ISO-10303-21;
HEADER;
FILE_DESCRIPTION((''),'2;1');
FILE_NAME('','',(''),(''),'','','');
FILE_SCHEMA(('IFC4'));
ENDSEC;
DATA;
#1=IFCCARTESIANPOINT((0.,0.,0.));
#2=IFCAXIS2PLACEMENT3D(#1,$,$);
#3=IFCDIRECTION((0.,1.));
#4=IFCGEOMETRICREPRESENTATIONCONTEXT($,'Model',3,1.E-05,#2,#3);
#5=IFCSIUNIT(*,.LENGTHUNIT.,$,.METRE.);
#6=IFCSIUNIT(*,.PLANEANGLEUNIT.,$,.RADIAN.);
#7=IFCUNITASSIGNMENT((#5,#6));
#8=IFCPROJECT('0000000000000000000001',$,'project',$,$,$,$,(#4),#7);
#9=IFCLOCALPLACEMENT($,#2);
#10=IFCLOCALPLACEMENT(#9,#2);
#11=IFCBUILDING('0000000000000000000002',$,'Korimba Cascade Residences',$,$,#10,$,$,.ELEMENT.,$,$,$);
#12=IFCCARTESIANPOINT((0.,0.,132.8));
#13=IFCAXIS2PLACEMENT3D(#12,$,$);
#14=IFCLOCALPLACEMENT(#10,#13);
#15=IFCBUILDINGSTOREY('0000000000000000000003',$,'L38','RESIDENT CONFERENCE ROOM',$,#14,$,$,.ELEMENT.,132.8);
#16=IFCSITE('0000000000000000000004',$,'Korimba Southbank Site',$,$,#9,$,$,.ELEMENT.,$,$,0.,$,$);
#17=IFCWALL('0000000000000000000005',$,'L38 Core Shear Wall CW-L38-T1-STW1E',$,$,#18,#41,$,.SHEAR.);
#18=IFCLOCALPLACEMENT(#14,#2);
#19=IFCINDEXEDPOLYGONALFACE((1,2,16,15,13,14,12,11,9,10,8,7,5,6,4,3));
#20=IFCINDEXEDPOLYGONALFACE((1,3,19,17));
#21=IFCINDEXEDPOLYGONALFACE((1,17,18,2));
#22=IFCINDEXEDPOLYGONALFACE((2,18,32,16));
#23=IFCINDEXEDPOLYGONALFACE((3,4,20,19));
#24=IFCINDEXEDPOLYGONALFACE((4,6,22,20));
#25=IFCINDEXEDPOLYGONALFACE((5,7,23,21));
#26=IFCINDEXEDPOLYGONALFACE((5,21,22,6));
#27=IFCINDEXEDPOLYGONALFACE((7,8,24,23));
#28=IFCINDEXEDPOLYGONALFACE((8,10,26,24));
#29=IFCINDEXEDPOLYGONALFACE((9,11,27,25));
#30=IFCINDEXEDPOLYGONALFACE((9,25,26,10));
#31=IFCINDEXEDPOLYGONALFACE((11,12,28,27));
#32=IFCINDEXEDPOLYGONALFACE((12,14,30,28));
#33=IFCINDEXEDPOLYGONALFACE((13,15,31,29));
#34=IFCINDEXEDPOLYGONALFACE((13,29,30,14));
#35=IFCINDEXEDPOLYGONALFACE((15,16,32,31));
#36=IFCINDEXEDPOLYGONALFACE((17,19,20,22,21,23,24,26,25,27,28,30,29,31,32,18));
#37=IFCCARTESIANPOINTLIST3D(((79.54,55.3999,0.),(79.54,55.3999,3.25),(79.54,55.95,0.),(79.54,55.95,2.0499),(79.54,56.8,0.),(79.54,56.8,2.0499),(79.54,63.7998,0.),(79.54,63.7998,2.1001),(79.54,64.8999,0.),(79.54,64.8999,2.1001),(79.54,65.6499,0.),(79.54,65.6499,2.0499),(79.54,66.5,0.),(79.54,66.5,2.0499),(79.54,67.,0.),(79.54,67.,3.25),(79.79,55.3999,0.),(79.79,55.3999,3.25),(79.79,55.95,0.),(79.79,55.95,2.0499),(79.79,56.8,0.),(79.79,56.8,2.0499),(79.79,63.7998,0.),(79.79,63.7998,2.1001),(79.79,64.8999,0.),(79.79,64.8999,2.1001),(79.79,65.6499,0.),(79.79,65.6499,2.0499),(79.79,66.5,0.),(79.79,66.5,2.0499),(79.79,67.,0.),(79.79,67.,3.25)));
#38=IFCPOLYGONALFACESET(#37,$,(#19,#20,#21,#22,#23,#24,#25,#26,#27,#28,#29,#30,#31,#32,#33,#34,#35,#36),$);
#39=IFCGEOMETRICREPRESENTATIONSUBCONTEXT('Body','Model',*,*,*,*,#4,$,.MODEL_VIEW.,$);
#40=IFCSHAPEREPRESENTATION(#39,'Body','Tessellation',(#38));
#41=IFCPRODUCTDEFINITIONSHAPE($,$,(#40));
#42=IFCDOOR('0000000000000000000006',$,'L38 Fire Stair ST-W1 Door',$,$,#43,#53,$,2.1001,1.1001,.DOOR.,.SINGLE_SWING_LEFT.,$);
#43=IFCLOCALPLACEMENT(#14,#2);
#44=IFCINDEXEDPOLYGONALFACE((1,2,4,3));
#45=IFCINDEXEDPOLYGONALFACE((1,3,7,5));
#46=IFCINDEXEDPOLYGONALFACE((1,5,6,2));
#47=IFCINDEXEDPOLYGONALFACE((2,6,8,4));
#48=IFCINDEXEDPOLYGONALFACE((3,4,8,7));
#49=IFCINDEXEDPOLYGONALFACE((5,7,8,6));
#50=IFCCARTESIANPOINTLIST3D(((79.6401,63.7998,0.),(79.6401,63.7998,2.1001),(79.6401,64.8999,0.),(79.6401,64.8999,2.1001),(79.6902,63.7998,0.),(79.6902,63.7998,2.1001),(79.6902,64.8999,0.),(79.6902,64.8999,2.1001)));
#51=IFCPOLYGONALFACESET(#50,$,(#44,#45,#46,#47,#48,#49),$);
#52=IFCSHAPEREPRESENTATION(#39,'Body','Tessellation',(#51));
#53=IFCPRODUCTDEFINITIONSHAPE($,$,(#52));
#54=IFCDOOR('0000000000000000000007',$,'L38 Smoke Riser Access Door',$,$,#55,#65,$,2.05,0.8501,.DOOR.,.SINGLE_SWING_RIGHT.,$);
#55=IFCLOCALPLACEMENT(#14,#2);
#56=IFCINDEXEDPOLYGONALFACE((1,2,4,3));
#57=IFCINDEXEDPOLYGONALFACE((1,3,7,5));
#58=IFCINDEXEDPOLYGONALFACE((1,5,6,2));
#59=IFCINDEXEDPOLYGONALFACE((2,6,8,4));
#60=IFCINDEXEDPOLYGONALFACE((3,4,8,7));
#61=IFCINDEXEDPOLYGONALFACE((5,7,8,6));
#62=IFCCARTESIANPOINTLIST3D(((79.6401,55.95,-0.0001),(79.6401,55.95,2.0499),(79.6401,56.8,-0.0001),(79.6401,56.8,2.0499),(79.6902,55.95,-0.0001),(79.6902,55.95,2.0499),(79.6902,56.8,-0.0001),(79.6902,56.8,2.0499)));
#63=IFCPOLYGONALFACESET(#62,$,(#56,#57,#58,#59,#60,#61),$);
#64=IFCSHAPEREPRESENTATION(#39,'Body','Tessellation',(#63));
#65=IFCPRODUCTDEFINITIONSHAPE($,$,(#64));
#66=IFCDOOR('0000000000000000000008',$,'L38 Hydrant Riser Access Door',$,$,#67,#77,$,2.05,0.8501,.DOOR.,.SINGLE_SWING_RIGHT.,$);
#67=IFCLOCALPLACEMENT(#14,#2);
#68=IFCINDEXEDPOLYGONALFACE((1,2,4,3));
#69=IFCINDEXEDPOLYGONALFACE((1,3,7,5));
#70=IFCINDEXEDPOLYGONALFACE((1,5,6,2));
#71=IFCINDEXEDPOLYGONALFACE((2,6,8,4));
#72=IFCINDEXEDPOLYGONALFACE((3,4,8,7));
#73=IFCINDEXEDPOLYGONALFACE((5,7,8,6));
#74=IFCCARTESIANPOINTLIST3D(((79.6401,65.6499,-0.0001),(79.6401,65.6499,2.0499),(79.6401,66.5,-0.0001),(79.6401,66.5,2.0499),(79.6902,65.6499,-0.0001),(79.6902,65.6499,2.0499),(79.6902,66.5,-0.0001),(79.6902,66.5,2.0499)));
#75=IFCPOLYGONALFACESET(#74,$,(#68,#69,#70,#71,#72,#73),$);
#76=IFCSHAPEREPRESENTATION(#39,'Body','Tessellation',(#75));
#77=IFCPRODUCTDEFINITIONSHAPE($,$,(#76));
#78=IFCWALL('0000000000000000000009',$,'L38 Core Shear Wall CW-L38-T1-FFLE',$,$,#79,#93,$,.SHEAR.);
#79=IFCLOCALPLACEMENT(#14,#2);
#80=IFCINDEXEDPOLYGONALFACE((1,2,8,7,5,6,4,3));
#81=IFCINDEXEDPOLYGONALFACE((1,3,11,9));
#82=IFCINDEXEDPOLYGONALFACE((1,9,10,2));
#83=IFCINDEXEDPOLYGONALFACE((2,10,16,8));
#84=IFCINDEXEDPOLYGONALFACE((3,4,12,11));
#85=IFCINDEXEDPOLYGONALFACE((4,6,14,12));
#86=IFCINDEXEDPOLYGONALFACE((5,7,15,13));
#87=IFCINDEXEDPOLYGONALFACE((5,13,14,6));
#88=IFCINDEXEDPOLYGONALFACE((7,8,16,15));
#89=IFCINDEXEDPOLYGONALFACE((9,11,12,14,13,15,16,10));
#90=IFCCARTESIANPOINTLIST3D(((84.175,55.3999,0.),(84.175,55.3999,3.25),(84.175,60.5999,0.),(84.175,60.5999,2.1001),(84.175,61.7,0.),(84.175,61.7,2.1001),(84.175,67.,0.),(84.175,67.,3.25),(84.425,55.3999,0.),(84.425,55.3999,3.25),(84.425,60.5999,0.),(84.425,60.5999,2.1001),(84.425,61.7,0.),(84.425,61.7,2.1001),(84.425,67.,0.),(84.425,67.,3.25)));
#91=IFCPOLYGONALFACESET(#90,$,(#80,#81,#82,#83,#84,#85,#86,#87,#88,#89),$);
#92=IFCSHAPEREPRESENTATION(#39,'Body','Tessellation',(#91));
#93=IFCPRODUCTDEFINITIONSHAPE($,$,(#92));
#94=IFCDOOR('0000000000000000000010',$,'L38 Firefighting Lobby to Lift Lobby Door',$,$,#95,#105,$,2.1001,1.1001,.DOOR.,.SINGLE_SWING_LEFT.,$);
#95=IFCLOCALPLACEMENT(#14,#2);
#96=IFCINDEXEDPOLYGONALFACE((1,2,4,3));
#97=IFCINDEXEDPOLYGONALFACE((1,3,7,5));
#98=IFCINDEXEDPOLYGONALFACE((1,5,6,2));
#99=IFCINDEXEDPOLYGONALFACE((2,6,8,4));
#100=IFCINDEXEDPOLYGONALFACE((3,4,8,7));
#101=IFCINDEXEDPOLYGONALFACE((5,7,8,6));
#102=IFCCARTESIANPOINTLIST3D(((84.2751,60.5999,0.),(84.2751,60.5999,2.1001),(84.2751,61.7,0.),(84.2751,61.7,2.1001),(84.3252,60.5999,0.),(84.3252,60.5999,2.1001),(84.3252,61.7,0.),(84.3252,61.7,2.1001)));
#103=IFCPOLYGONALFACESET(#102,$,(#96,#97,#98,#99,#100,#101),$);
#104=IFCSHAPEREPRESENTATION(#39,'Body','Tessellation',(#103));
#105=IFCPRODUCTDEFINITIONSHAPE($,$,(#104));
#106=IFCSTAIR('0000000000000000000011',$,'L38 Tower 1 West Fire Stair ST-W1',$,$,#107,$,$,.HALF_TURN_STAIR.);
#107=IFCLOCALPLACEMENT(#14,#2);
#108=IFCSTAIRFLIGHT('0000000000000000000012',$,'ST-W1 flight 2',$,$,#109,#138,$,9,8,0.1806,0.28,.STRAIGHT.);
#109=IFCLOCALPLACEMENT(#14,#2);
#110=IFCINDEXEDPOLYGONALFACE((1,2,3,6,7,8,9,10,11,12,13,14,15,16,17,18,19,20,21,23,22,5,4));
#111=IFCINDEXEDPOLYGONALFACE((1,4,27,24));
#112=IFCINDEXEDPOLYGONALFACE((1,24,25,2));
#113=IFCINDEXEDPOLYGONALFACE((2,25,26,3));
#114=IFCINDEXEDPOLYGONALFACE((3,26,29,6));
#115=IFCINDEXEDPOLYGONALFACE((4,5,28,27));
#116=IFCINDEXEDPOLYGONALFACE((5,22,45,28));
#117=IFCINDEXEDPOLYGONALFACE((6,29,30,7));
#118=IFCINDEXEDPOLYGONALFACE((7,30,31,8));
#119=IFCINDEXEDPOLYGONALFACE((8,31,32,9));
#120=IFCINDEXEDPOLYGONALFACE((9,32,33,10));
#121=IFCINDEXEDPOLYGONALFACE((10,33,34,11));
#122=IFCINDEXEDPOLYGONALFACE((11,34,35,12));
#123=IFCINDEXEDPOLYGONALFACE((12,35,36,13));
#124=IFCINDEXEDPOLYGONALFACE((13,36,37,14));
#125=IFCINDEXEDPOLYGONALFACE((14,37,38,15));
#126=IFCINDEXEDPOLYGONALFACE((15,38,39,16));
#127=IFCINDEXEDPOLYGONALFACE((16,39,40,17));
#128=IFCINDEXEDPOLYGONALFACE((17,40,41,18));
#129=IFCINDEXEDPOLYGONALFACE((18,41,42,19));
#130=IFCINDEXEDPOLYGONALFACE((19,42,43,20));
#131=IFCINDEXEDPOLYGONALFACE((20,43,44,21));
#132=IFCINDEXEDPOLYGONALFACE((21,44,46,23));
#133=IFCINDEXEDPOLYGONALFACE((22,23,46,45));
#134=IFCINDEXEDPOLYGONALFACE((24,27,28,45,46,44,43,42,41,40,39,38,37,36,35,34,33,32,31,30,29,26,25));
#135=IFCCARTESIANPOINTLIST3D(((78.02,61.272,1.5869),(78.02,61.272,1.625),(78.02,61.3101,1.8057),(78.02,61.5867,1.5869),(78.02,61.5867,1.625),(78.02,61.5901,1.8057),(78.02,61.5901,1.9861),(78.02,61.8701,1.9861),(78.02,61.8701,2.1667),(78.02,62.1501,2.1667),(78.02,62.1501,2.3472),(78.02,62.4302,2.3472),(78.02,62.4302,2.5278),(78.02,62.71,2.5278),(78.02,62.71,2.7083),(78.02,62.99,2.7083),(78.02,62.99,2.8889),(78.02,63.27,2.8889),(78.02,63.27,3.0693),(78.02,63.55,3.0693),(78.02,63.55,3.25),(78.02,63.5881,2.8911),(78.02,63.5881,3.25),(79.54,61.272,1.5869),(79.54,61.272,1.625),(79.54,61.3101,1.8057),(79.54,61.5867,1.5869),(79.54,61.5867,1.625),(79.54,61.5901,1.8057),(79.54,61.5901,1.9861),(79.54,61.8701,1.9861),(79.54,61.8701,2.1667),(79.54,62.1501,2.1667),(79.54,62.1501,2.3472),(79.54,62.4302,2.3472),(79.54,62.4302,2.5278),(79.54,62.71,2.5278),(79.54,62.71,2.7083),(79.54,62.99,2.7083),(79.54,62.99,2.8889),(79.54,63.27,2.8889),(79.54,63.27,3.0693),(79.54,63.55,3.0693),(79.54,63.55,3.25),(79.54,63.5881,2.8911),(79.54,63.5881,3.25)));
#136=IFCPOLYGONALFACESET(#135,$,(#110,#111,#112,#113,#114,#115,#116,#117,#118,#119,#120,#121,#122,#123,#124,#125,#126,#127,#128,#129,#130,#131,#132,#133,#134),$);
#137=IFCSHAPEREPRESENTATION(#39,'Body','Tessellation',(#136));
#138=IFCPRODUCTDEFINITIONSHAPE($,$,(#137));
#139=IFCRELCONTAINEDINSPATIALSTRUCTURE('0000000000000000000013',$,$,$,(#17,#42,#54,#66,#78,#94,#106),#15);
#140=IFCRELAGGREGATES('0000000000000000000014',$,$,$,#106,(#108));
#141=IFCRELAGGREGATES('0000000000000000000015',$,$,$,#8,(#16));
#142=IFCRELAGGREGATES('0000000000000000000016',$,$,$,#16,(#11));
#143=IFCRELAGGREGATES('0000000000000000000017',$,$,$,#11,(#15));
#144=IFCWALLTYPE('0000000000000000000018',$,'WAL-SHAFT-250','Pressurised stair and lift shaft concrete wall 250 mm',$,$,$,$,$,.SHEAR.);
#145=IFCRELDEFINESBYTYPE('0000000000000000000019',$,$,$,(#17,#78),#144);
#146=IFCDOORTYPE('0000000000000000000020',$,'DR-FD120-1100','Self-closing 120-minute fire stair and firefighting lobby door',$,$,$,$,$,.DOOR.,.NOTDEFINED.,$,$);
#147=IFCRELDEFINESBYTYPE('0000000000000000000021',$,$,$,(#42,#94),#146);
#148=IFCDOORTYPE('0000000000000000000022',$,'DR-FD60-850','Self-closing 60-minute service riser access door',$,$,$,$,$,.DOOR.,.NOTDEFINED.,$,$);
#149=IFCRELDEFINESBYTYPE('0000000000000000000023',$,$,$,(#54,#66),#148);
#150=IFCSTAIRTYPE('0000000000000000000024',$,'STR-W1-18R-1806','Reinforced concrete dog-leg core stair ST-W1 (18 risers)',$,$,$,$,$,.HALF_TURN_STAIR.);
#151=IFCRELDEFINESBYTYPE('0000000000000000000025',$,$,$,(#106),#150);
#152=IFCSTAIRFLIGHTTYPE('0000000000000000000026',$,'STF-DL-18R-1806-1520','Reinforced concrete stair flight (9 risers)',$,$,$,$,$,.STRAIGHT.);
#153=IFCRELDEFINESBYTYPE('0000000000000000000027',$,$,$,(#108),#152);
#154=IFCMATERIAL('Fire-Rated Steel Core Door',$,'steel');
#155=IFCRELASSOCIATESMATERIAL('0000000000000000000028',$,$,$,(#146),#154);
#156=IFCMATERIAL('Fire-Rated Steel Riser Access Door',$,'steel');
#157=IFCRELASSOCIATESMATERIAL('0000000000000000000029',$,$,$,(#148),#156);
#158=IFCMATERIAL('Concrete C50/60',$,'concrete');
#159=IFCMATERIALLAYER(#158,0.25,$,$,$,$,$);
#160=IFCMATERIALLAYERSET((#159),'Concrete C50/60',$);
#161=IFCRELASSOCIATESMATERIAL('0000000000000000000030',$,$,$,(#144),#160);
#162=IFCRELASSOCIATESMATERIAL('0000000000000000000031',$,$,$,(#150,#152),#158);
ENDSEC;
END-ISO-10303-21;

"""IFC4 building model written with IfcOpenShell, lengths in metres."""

from ifc_helpers import new_model, si_unit, direction, frame, frame_2d, origin, place, context, subcontext, project, spatial, polyline, rectangle, outline, extrude, material, layer, layer_set, type_object, element, fill, aggregate, save


model = new_model("IFC4")

# Units and contexts
model_context = context("Model", 3, precision=1e-05, world=origin(), true_north=direction((0.0, 1.0)))
body_context = subcontext(model_context, "Body", "Model", "MODEL_VIEW")
ifc_project = project(units=[si_unit("LENGTHUNIT", "METRE"), si_unit("PLANEANGLEUNIT", "RADIAN")], contexts=[model_context])

# Site, building, storey
site_placement = place(None, origin())
site = spatial("IfcSite", under=ifc_project, at=site_placement, Name="Korimba Southbank Site", CompositionType="ELEMENT", RefElevation=0.0)
building_placement = place(site_placement, origin())
building = spatial("IfcBuilding", under=site, at=building_placement, Name="Korimba Cascade Residences", CompositionType="ELEMENT")
storey_placement = place(building_placement, frame((0.0, 0.0, 132.8)))
storey = spatial("IfcBuildingStorey", under=building, at=storey_placement, Name="L38", Description="RESIDENT CONFERENCE ROOM", CompositionType="ELEMENT", Elevation=132.8)

# Shared definitions
ifc_material_1 = material(Name="Fire-Rated Steel Core Door", Category="steel")
door_type_1 = type_object("IfcDoorType", Name="DR-FD120-1100", Description="Self-closing 120-minute fire stair and firefighting lobby door", OperationType="NOTDEFINED", PredefinedType="DOOR", material=ifc_material_1)

# Wall, openings, doors
ifc_material_2 = material(Name="Fire-Rated Steel Riser Access Door", Category="steel")
door_type_2 = type_object("IfcDoorType", Name="DR-FD60-850", Description="Self-closing 60-minute service riser access door", OperationType="NOTDEFINED", PredefinedType="DOOR", material=ifc_material_2)
ifc_material_3 = material(Name="Concrete C50/60", Category="concrete")
ifc_layer_1 = layer(ifc_material_3, 0.25)
ifc_layer_set_1 = layer_set([ifc_layer_1], Name="Concrete C50/60")
wall_type_1 = type_object("IfcWallType", Name="WAL-SHAFT-250", Description="Pressurised stair and lift shaft concrete wall 250 mm", PredefinedType="SHEAR", material=ifc_layer_set_1)
wall_1_placement = place(storey_placement, frame((79.665, 55.3999, 0.0), z_axis=(0.0, 0.0, 1.0), x_axis=(0.0, 1.0, 0.0)))
wall_1 = element("IfcWall", 1, at=wall_1_placement, inside=storey, type_object=wall_type_1, Name="L38 Core Shear Wall CW-L38-T1-STW1E", PredefinedType="SHEAR", context=body_context, shape_type="SweptSolid", body=[
    extrude(rectangle(XDim=11.6001, YDim=0.25, at=frame_2d((5.8, 0.0))), origin(), (0.0, 0.0, 1.0), 3.25),
])
opening_1_placement = place(wall_1_placement, frame((0.55, 0.0, 0.0)))
opening_1 = element("IfcOpeningElement", 2, at=opening_1_placement, cuts=wall_1, PredefinedType="OPENING", context=body_context, shape_type="SweptSolid", body=[
    extrude(rectangle(XDim=0.8501, YDim=2.05, at=frame_2d((0.425, 1.0249))), frame((0.0, 0.135, 0.0), z_axis=(0.0, -1.0, 0.0), x_axis=(1.0, 0.0, 0.0)), (0.0, 0.0, 1.0), 0.27),
])
opening_2_placement = place(wall_1_placement, frame((8.3999, 0.0, 0.0)))
opening_2 = element("IfcOpeningElement", 3, at=opening_2_placement, cuts=wall_1, PredefinedType="OPENING", context=body_context, shape_type="SweptSolid", body=[
    extrude(rectangle(XDim=1.1001, YDim=2.1001, at=frame_2d((0.55, 1.05))), frame((0.0, 0.135, 0.0), z_axis=(0.0, -1.0, 0.0), x_axis=(1.0, 0.0, 0.0)), (0.0, 0.0, 1.0), 0.27),
])
opening_3_placement = place(wall_1_placement, frame((10.25, 0.0, 0.0)))
opening_3 = element("IfcOpeningElement", 4, at=opening_3_placement, cuts=wall_1, PredefinedType="OPENING", context=body_context, shape_type="SweptSolid", body=[
    extrude(rectangle(XDim=0.8501, YDim=2.05, at=frame_2d((0.425, 1.0249))), frame((0.0, 0.135, 0.0), z_axis=(0.0, -1.0, 0.0), x_axis=(1.0, 0.0, 0.0)), (0.0, 0.0, 1.0), 0.27),
])
door_1_placement = place(opening_2_placement, origin())
door_1 = element("IfcDoor", 5, at=door_1_placement, inside=storey, type_object=door_type_1, Name="L38 Fire Stair ST-W1 Door", OperationType="SINGLE_SWING_LEFT", OverallHeight=2.1001, OverallWidth=1.1001, PredefinedType="DOOR", context=body_context, shape_type="SweptSolid", body=[
    extrude(rectangle(XDim=1.1001, YDim=2.1001, at=frame_2d((0.55, 1.05))), frame((0.0, 0.0249, 0.0), z_axis=(0.0, -1.0, 0.0), x_axis=(1.0, 0.0, 0.0)), (0.0, 0.0, 1.0), 0.05),
])
fill(opening_2, door_1)
door_2_placement = place(opening_1_placement, origin())
door_2 = element("IfcDoor", 6, at=door_2_placement, inside=storey, type_object=door_type_2, Name="L38 Smoke Riser Access Door", OperationType="SINGLE_SWING_RIGHT", OverallHeight=2.05, OverallWidth=0.8501, PredefinedType="DOOR", context=body_context, shape_type="SweptSolid", body=[
    extrude(rectangle(XDim=0.8501, YDim=2.05, at=frame_2d((0.425, 1.0249))), frame((0.0, 0.0249, 0.0), z_axis=(0.0, -1.0, 0.0), x_axis=(1.0, 0.0, 0.0)), (0.0, 0.0, 1.0), 0.05),
])
fill(opening_1, door_2)
door_3_placement = place(opening_3_placement, origin())
door_3 = element("IfcDoor", 7, at=door_3_placement, inside=storey, type_object=door_type_2, Name="L38 Hydrant Riser Access Door", OperationType="SINGLE_SWING_RIGHT", OverallHeight=2.05, OverallWidth=0.8501, PredefinedType="DOOR", context=body_context, shape_type="SweptSolid", body=[
    extrude(rectangle(XDim=0.8501, YDim=2.05, at=frame_2d((0.425, 1.0249))), frame((0.0, 0.0249, 0.0), z_axis=(0.0, -1.0, 0.0), x_axis=(1.0, 0.0, 0.0)), (0.0, 0.0, 1.0), 0.05),
])
fill(opening_3, door_3)

# Wall, opening, door
wall_2_placement = place(storey_placement, frame((84.3, 55.3999, 0.0), z_axis=(0.0, 0.0, 1.0), x_axis=(0.0, 1.0, 0.0)))
wall_2 = element("IfcWall", 8, at=wall_2_placement, inside=storey, type_object=wall_type_1, Name="L38 Core Shear Wall CW-L38-T1-FFLE", PredefinedType="SHEAR", context=body_context, shape_type="SweptSolid", body=[
    extrude(rectangle(XDim=11.6001, YDim=0.25, at=frame_2d((5.8, 0.0))), origin(), (0.0, 0.0, 1.0), 3.25),
])
opening_4_placement = place(wall_2_placement, frame((5.2, 0.0, 0.0)))
opening_4 = element("IfcOpeningElement", 9, at=opening_4_placement, cuts=wall_2, PredefinedType="OPENING", context=body_context, shape_type="SweptSolid", body=[
    extrude(rectangle(XDim=1.1001, YDim=2.1001, at=frame_2d((0.55, 1.05))), frame((0.0, 0.135, 0.0), z_axis=(0.0, -1.0, 0.0), x_axis=(1.0, 0.0, 0.0)), (0.0, 0.0, 1.0), 0.27),
])
door_4_placement = place(opening_4_placement, origin())
door_4 = element("IfcDoor", 10, at=door_4_placement, inside=storey, type_object=door_type_1, Name="L38 Firefighting Lobby to Lift Lobby Door", OperationType="SINGLE_SWING_LEFT", OverallHeight=2.1001, OverallWidth=1.1001, PredefinedType="DOOR", context=body_context, shape_type="SweptSolid", body=[
    extrude(rectangle(XDim=1.1001, YDim=2.1001, at=frame_2d((0.55, 1.05))), frame((0.0, 0.0249, 0.0), z_axis=(0.0, -1.0, 0.0), x_axis=(1.0, 0.0, 0.0)), (0.0, 0.0, 1.0), 0.05),
])
fill(opening_4, door_4)

# Stair, stair flight
stair_type = type_object("IfcStairType", Name="STR-W1-18R-1806", Description="Reinforced concrete dog-leg core stair ST-W1 (18 risers)", PredefinedType="HALF_TURN_STAIR", material=ifc_material_3)
stair_placement = place(storey_placement, origin())
stair = element("IfcStair", 11, at=stair_placement, inside=storey, type_object=stair_type, Name="L38 Tower 1 West Fire Stair ST-W1", PredefinedType="HALF_TURN_STAIR")
stair_flight_type = type_object("IfcStairFlightType", Name="STF-DL-18R-1806-1520", Description="Reinforced concrete stair flight (9 risers)", PredefinedType="STRAIGHT", material=ifc_material_3)
stair_flight_placement = place(storey_placement, frame((78.78, 61.3101, 1.625), z_axis=(0.0, 0.0, 1.0), x_axis=(0.0, 1.0, 0.0)))
stair_flight = element("IfcStairFlight", 12, at=stair_flight_placement, type_object=stair_flight_type, Name="ST-W1 flight 2", NumberOfRisers=9, NumberOfTreads=8, PredefinedType="STRAIGHT", RiserHeight=0.1806, TreadLength=0.28, context=body_context, shape_type="SweptSolid", body=[
    extrude(outline(polyline([(-0.0381, 0.0), (0.0, 0.1807), (0.28, 0.1807), (0.28, 0.3611), (0.5601, 0.3611), (0.5601, 0.5417), (0.8401, 0.5417), (0.8401, 0.7222), (1.1201, 0.7222), (1.1201, 0.9028), (1.3999, 0.9028), (1.3999, 1.0833), (1.6799, 1.0833), (1.6799, 1.2639), (1.96, 1.2639), (1.96, 1.4443), (2.24, 1.4443), (2.24, 1.625), (2.2781, 1.625), (2.2781, 1.2661), (0.2766, 0.0), (0.2766, -0.0381), (-0.0381, -0.0381), (-0.0381, 0.0)])), frame((0.0, 0.76, 0.0), z_axis=(0.0, -1.0, 0.0), x_axis=(1.0, 0.0, 0.0)), (0.0, 0.0, 1.0), 1.52),
])
aggregate(stair, [stair_flight])

save(model, "model.ifc")
